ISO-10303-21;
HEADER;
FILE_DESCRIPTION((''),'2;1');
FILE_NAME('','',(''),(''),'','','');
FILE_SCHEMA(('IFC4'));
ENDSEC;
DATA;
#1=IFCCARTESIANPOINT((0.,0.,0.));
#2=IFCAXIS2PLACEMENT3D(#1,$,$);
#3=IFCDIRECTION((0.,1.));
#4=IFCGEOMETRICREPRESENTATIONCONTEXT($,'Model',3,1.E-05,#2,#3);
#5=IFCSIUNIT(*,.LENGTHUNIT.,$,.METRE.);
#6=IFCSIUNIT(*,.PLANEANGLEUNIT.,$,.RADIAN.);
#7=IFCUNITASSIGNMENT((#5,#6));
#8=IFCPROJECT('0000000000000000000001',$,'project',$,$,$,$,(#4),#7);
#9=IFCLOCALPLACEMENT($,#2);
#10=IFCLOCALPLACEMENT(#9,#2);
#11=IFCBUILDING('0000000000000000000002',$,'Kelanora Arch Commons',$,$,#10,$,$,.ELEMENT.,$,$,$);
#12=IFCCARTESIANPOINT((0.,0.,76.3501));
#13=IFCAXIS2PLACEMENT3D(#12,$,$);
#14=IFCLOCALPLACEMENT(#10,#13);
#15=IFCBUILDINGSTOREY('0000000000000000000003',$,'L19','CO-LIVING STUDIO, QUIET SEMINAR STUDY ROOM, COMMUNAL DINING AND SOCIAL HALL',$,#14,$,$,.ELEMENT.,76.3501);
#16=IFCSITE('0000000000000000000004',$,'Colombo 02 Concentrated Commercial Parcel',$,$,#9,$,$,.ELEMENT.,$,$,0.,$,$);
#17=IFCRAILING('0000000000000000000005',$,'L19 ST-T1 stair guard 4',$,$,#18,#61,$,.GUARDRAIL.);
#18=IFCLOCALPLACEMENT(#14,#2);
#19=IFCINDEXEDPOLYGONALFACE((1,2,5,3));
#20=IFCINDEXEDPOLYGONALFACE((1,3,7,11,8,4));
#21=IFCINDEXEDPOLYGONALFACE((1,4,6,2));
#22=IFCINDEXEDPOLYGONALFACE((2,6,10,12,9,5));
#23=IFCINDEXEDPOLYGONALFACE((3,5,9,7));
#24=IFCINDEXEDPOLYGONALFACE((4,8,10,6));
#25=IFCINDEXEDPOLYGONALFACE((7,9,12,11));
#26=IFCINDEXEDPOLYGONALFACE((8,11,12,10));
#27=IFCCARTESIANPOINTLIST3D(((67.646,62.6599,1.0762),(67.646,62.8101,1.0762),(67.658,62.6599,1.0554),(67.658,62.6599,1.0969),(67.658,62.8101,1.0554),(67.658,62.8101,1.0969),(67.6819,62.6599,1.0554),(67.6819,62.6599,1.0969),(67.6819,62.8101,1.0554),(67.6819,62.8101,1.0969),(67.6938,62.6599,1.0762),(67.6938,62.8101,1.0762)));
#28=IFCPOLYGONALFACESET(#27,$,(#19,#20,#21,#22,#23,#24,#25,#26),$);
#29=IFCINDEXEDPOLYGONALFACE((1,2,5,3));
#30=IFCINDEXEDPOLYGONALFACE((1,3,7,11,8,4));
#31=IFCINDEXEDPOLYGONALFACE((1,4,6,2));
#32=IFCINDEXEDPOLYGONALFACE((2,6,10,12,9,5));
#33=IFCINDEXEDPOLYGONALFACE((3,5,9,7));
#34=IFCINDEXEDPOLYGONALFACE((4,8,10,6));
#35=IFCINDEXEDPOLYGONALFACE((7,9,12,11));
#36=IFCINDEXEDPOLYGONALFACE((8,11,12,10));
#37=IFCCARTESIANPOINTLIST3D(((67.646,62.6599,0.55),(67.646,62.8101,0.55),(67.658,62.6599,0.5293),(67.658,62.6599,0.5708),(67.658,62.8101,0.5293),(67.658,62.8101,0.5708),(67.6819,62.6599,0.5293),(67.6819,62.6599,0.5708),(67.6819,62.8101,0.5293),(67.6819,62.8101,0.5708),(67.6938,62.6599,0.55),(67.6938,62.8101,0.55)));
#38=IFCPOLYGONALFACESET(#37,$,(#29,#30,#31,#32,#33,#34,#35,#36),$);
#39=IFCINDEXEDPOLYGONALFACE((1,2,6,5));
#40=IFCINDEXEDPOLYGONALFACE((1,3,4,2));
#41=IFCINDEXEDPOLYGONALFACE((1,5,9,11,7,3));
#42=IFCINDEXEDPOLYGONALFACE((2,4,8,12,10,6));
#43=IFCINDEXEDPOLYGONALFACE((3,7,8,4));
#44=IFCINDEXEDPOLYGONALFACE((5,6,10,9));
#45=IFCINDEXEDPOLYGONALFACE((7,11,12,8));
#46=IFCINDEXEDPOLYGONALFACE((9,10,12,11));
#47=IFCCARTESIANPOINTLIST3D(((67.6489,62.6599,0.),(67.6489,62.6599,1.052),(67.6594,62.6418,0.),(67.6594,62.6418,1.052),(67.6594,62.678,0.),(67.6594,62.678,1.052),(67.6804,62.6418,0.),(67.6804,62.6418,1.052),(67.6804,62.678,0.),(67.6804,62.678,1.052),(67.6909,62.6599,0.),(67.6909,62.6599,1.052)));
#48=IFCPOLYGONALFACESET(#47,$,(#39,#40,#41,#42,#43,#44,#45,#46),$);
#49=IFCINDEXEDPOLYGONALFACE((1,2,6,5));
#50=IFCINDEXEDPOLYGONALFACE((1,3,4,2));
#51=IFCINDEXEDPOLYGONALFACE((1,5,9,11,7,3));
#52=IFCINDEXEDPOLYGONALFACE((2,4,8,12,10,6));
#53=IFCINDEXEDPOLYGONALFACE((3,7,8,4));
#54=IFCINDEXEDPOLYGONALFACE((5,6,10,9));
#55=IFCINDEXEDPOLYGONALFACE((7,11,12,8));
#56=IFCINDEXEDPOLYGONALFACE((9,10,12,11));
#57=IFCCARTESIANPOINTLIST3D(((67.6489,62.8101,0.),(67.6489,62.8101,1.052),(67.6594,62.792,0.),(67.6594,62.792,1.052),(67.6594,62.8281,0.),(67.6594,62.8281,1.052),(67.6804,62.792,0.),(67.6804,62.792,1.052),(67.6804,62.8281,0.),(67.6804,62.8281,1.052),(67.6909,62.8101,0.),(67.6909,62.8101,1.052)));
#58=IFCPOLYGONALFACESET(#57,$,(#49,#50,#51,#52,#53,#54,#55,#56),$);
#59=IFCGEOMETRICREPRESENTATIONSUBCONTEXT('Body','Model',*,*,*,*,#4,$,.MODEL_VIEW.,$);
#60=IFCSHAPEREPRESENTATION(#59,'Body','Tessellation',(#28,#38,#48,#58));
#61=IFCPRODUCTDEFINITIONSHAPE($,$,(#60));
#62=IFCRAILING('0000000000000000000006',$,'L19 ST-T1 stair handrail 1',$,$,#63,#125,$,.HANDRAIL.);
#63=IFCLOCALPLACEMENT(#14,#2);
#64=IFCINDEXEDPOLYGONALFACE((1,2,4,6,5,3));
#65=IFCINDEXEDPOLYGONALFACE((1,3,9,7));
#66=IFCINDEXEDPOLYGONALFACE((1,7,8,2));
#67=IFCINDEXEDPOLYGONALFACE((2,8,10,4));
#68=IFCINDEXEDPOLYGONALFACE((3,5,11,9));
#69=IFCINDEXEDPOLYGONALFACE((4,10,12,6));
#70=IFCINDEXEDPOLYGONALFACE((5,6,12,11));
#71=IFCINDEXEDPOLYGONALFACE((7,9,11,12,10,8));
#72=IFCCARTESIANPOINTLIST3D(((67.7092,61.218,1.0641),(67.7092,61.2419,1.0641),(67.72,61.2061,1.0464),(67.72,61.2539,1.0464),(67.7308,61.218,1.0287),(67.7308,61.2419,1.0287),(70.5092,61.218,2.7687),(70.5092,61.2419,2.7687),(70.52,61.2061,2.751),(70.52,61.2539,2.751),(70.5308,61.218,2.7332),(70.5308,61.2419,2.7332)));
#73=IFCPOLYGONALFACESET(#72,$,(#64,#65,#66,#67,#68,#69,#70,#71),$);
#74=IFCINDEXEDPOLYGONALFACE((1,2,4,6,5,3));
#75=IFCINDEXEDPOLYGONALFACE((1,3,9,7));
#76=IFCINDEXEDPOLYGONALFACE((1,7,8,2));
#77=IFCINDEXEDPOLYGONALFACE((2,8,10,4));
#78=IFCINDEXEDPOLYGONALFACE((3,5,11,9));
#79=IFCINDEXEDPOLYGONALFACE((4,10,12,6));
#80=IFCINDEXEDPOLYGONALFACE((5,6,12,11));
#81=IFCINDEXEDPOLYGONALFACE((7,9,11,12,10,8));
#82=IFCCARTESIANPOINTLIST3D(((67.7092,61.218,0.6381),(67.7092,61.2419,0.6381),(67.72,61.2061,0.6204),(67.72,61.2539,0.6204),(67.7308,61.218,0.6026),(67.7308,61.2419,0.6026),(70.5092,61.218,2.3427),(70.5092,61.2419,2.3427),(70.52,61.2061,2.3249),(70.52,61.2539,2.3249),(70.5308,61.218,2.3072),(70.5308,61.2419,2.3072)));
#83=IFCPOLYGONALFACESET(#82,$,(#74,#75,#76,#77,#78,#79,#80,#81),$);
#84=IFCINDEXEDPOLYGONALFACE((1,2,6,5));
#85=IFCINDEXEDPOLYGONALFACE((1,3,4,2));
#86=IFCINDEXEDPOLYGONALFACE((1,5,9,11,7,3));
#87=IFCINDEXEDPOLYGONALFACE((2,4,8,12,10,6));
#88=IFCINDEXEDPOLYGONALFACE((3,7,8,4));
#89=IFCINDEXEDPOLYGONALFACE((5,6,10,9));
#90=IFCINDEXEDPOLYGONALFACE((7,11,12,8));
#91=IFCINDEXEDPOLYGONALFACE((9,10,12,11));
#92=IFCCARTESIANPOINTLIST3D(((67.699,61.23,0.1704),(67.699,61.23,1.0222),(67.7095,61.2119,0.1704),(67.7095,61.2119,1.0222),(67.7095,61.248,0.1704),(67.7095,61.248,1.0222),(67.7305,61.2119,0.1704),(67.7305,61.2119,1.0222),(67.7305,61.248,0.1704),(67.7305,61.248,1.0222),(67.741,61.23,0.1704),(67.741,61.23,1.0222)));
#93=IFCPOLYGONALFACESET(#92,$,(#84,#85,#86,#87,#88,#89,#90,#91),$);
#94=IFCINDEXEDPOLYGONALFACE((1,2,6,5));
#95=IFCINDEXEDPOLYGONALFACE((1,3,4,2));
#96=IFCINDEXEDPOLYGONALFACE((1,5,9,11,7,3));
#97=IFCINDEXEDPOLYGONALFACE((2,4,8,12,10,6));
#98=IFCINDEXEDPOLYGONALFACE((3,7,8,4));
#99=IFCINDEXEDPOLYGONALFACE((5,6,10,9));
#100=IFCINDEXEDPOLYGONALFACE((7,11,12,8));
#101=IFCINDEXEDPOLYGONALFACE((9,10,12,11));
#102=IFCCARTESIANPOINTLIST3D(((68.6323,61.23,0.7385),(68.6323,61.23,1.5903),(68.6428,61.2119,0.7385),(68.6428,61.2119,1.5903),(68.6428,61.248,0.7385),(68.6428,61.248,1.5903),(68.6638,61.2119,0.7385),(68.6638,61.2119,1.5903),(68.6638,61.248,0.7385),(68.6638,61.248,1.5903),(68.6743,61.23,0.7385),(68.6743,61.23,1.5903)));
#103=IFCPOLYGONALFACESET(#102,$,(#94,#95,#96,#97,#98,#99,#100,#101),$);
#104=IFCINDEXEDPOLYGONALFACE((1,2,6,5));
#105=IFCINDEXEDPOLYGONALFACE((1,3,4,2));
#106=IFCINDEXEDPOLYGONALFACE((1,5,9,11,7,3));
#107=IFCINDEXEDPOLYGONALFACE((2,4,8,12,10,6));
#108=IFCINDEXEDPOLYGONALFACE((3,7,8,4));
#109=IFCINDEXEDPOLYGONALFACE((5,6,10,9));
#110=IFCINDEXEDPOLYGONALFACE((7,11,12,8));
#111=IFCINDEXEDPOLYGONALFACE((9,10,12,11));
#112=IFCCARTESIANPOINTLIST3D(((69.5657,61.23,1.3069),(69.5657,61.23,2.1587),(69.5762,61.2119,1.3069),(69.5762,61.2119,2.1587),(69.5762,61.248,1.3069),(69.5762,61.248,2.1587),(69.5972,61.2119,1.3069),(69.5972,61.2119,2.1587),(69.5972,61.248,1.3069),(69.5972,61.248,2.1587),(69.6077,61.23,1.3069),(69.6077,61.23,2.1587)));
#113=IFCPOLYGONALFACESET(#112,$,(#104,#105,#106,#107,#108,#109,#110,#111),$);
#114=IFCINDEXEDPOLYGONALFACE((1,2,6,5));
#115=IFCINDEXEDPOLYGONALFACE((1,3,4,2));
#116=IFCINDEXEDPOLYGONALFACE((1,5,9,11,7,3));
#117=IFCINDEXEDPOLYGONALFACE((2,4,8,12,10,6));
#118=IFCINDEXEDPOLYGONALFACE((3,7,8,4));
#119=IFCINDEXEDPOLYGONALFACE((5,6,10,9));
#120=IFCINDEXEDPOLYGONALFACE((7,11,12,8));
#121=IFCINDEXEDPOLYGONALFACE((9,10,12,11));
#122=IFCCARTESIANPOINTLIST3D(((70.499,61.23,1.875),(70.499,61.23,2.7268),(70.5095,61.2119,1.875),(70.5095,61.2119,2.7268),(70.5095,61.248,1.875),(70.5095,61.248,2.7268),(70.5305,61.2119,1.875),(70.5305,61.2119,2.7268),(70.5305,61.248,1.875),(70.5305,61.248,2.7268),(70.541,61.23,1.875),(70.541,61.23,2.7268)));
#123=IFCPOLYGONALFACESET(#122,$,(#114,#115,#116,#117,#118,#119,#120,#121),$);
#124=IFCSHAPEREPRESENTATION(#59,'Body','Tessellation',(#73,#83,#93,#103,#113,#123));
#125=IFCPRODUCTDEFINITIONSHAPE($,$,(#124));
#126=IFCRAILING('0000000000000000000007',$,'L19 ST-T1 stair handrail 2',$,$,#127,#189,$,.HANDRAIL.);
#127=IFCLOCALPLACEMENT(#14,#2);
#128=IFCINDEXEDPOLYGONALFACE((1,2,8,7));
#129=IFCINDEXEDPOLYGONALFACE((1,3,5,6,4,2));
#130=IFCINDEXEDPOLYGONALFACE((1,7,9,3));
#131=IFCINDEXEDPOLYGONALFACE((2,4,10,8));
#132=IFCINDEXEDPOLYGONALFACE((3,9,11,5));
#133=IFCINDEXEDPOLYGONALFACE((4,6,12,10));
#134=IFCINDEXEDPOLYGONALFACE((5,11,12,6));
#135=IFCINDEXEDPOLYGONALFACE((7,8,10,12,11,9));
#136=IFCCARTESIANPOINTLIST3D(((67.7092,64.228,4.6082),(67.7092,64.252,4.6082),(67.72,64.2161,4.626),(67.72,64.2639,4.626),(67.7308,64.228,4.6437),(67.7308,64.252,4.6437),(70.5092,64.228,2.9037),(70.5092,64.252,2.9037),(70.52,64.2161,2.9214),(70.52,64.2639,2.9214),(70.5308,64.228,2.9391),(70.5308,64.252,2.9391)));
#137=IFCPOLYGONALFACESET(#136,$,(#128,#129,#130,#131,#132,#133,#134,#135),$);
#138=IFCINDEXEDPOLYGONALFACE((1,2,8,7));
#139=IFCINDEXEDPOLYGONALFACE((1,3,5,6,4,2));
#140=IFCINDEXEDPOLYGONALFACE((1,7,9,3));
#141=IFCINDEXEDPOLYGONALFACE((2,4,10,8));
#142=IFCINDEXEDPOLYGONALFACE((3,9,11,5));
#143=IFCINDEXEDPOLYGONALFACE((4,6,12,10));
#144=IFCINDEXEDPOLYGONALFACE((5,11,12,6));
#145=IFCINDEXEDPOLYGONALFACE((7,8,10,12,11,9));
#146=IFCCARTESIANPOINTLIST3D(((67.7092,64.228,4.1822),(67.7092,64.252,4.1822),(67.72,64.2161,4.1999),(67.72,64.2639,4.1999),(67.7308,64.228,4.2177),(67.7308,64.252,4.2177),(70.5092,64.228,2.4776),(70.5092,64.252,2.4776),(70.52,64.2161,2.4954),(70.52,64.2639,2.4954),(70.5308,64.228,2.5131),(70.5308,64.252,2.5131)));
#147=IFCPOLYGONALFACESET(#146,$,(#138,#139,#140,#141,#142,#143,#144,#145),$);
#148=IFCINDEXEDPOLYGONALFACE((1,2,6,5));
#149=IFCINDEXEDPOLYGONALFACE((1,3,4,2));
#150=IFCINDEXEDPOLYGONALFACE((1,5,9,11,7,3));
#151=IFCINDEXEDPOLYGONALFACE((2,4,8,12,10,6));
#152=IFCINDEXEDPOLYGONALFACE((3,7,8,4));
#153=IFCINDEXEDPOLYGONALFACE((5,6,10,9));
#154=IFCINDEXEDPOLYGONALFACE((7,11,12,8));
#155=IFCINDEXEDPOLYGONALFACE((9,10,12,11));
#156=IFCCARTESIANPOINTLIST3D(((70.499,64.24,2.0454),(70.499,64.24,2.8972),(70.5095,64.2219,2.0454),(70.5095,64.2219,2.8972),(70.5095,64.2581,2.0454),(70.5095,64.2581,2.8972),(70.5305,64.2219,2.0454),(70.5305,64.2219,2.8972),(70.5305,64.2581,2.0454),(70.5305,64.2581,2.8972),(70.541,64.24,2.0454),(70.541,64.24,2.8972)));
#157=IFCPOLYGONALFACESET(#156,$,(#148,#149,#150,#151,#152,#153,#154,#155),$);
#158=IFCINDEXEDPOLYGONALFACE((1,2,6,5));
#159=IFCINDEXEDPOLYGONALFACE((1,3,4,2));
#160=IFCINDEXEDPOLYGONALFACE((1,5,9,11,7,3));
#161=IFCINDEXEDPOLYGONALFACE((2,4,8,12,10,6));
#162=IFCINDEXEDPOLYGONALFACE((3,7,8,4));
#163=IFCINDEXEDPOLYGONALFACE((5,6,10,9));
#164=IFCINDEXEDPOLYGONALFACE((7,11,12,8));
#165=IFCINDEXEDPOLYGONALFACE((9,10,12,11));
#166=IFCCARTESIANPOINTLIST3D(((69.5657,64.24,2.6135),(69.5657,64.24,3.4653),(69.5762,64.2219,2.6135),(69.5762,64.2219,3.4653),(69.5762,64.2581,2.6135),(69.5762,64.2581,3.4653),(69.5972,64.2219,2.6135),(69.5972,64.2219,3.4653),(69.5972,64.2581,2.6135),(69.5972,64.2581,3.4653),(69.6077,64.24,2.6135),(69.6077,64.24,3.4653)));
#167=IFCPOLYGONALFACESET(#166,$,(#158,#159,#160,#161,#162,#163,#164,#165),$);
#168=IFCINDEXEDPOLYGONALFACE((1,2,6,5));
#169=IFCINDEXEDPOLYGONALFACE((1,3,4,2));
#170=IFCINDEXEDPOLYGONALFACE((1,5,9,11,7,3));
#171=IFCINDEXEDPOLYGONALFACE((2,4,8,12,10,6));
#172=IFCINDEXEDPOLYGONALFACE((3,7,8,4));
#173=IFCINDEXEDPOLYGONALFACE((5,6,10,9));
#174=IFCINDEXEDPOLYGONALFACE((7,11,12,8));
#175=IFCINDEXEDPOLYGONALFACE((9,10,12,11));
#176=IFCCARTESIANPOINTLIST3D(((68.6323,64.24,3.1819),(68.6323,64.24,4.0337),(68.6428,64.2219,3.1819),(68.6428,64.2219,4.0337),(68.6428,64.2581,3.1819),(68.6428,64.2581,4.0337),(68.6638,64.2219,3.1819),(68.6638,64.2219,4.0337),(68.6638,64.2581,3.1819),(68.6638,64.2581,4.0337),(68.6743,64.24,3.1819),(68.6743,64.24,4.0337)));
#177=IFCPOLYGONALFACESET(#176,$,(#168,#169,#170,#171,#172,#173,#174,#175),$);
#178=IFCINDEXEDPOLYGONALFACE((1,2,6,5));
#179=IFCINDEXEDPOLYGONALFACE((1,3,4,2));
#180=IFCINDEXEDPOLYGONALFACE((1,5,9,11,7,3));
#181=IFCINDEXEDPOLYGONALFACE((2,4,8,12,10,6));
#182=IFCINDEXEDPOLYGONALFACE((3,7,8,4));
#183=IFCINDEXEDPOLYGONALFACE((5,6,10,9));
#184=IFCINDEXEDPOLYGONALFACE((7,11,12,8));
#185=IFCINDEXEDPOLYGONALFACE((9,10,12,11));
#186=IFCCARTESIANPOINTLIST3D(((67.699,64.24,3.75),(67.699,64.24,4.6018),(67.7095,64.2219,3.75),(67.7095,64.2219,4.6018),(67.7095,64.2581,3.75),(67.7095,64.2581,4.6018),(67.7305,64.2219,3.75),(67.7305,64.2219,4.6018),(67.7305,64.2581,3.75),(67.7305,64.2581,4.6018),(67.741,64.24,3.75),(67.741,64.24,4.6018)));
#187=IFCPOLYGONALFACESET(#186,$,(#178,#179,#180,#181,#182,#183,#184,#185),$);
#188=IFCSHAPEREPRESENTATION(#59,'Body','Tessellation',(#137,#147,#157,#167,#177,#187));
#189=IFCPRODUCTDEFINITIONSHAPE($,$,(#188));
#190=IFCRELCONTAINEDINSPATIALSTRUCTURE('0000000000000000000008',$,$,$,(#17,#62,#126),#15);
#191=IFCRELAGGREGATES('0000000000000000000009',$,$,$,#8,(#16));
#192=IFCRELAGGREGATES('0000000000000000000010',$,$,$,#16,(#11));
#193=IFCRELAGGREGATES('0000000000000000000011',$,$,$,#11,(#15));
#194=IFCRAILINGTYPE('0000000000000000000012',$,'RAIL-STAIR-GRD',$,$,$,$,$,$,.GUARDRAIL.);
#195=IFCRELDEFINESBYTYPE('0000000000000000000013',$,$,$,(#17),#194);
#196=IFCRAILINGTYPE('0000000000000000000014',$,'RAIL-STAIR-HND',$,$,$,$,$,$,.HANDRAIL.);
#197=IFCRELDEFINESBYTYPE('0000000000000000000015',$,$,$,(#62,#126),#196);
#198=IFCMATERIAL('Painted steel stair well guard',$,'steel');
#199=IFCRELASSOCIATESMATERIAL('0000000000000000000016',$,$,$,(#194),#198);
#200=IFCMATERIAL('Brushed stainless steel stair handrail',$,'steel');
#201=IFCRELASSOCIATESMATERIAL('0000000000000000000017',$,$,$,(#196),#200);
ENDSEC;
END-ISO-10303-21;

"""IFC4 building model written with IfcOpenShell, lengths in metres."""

from ifc_helpers import new_model, si_unit, direction, frame, origin, place, context, subcontext, project, spatial, polyline, outline, extrude, material, type_object, element, save


model = new_model("IFC4")

# Units and contexts
model_context = context("Model", 3, precision=1e-05, world=origin(), true_north=direction((0.0, 1.0)))
body_context = subcontext(model_context, "Body", "Model", "MODEL_VIEW")
ifc_project = project(units=[si_unit("LENGTHUNIT", "METRE"), si_unit("PLANEANGLEUNIT", "RADIAN")], contexts=[model_context])

# Site, building, storey
site_placement = place(None, origin())
site = spatial("IfcSite", under=ifc_project, at=site_placement, Name="Colombo 02 Concentrated Commercial Parcel", CompositionType="ELEMENT", RefElevation=0.0)
building_placement = place(site_placement, origin())
building = spatial("IfcBuilding", under=site, at=building_placement, Name="Kelanora Arch Commons", CompositionType="ELEMENT")
storey_placement = place(building_placement, frame((0.0, 0.0, 76.3501)))
storey = spatial("IfcBuildingStorey", under=building, at=storey_placement, Name="L19", Description="CO-LIVING STUDIO, QUIET SEMINAR STUDY ROOM, COMMUNAL DINING AND SOCIAL HALL", CompositionType="ELEMENT", Elevation=76.3501)

# Railings
ifc_material_1 = material(Name="Painted steel stair well guard", Category="steel")
railing_type_1 = type_object("IfcRailingType", Name="RAIL-STAIR-GRD", PredefinedType="GUARDRAIL", material=ifc_material_1)
railing_1_placement = place(storey_placement, frame((67.6699, 62.6599, 0.0)))
element("IfcRailing", 1, at=railing_1_placement, inside=storey, type_object=railing_type_1, Name="L19 ST-T1 stair guard 4", PredefinedType="GUARDRAIL", context=body_context, shape_type="SweptSolid", body=[
    extrude(outline(polyline([(0.0239, 0.0), (0.012, 0.0208), (-0.012, 0.0208), (-0.0239, 0.0), (-0.012, -0.0208), (0.012, -0.0208), (0.0239, 0.0)])), frame((0.0, 0.0, 1.0762), z_axis=(0.0, 1.0, 0.0), x_axis=(-1.0, 0.0, 0.0)), (0.0, 0.0, 1.0), 0.1501),
    extrude(outline(polyline([(0.0239, 0.0), (0.012, 0.0208), (-0.012, 0.0208), (-0.0239, 0.0), (-0.012, -0.0208), (0.012, -0.0208), (0.0239, 0.0)])), frame((0.0, 0.0, 0.55), z_axis=(0.0, 1.0, 0.0), x_axis=(-1.0, 0.0, 0.0)), (0.0, 0.0, 1.0), 0.1501),
    extrude(outline(polyline([(0.021, 0.0), (0.0105, 0.0181), (-0.0105, 0.0181), (-0.021, 0.0), (-0.0105, -0.0181), (0.0105, -0.0181), (0.021, 0.0)])), origin(), (0.0, 0.0, 1.0), 1.052),
    extrude(outline(polyline([(0.021, 0.0), (0.0105, 0.0181), (-0.0105, 0.0181), (-0.021, 0.0), (-0.0105, -0.0181), (0.0105, -0.0181), (0.021, 0.0)])), frame((0.0, 0.1501, 0.0)), (0.0, 0.0, 1.0), 1.052),
])
ifc_material_2 = material(Name="Brushed stainless steel stair handrail", Category="steel")
railing_type_2 = type_object("IfcRailingType", Name="RAIL-STAIR-HND", PredefinedType="HANDRAIL", material=ifc_material_2)
railing_2_placement = place(storey_placement, frame((67.72, 61.23, 0.1704)))
element("IfcRailing", 2, at=railing_2_placement, inside=storey, type_object=railing_type_2, Name="L19 ST-T1 stair handrail 1", PredefinedType="HANDRAIL", context=body_context, shape_type="SweptSolid", body=[
    extrude(outline(polyline([(0.0239, 0.0), (0.012, 0.0208), (-0.012, 0.0208), (-0.0239, 0.0), (-0.012, -0.0208), (0.012, -0.0208), (0.0239, 0.0)])), frame((0.0, 0.0, 0.876), z_axis=(0.85417, 0.0, 0.519994), x_axis=(0.0, 1.0, 0.0)), (0.0, 0.0, 1.0), 3.2781),
    extrude(outline(polyline([(0.0239, 0.0), (0.012, 0.0208), (-0.012, 0.0208), (-0.0239, 0.0), (-0.012, -0.0208), (0.012, -0.0208), (0.0239, 0.0)])), frame((0.0, 0.0, 0.45), z_axis=(0.85417, 0.0, 0.519994), x_axis=(0.0, 1.0, 0.0)), (0.0, 0.0, 1.0), 3.2781),
    extrude(outline(polyline([(0.021, 0.0), (0.0105, 0.0181), (-0.0105, 0.0181), (-0.021, 0.0), (-0.0105, -0.0181), (0.0105, -0.0181), (0.021, 0.0)])), origin(), (0.0, 0.0, 1.0), 0.8518),
    extrude(outline(polyline([(0.021, 0.0), (0.0105, 0.0181), (-0.0105, 0.0181), (-0.021, 0.0), (-0.0105, -0.0181), (0.0105, -0.0181), (0.021, 0.0)])), frame((0.9333, 0.0, 0.5681)), (0.0, 0.0, 1.0), 0.8518),
    extrude(outline(polyline([(0.021, 0.0), (0.0105, 0.0181), (-0.0105, 0.0181), (-0.021, 0.0), (-0.0105, -0.0181), (0.0105, -0.0181), (0.021, 0.0)])), frame((1.8667, 0.0, 1.1365)), (0.0, 0.0, 1.0), 0.8518),
    extrude(outline(polyline([(0.021, 0.0), (0.0105, 0.0181), (-0.0105, 0.0181), (-0.021, 0.0), (-0.0105, -0.0181), (0.0105, -0.0181), (0.021, 0.0)])), frame((2.8, 0.0, 1.7046)), (0.0, 0.0, 1.0), 0.8518),
])
railing_3_placement = place(storey_placement, frame((70.52, 64.24, 2.0454)))
element("IfcRailing", 3, at=railing_3_placement, inside=storey, type_object=railing_type_2, Name="L19 ST-T1 stair handrail 2", PredefinedType="HANDRAIL", context=body_context, shape_type="SweptSolid", body=[
    extrude(outline(polyline([(0.0239, 0.0), (0.012, 0.0208), (-0.012, 0.0208), (-0.0239, 0.0), (-0.012, -0.0208), (0.012, -0.0208), (0.0239, 0.0)])), frame((0.0, 0.0, 0.876), z_axis=(-0.85417, 0.0, 0.519994), x_axis=(0.0, -1.0, 0.0)), (0.0, 0.0, 1.0), 3.2781),
    extrude(outline(polyline([(0.0239, 0.0), (0.012, 0.0208), (-0.012, 0.0208), (-0.0239, 0.0), (-0.012, -0.0208), (0.012, -0.0208), (0.0239, 0.0)])), frame((0.0, 0.0, 0.45), z_axis=(-0.85417, 0.0, 0.519994), x_axis=(0.0, -1.0, 0.0)), (0.0, 0.0, 1.0), 3.2781),
    extrude(outline(polyline([(0.021, 0.0), (0.0105, 0.0181), (-0.0105, 0.0181), (-0.021, 0.0), (-0.0105, -0.0181), (0.0105, -0.0181), (0.021, 0.0)])), origin(), (0.0, 0.0, 1.0), 0.8518),
    extrude(outline(polyline([(0.021, 0.0), (0.0105, 0.0181), (-0.0105, 0.0181), (-0.021, 0.0), (-0.0105, -0.0181), (0.0105, -0.0181), (0.021, 0.0)])), frame((-0.9333, 0.0, 0.5681)), (0.0, 0.0, 1.0), 0.8518),
    extrude(outline(polyline([(0.021, 0.0), (0.0105, 0.0181), (-0.0105, 0.0181), (-0.021, 0.0), (-0.0105, -0.0181), (0.0105, -0.0181), (0.021, 0.0)])), frame((-1.8667, 0.0, 1.1365)), (0.0, 0.0, 1.0), 0.8518),
    extrude(outline(polyline([(0.021, 0.0), (0.0105, 0.0181), (-0.0105, 0.0181), (-0.021, 0.0), (-0.0105, -0.0181), (0.0105, -0.0181), (0.021, 0.0)])), frame((-2.8, 0.0, 1.7046)), (0.0, 0.0, 1.0), 0.8518),
])

save(model, "model.ifc")
